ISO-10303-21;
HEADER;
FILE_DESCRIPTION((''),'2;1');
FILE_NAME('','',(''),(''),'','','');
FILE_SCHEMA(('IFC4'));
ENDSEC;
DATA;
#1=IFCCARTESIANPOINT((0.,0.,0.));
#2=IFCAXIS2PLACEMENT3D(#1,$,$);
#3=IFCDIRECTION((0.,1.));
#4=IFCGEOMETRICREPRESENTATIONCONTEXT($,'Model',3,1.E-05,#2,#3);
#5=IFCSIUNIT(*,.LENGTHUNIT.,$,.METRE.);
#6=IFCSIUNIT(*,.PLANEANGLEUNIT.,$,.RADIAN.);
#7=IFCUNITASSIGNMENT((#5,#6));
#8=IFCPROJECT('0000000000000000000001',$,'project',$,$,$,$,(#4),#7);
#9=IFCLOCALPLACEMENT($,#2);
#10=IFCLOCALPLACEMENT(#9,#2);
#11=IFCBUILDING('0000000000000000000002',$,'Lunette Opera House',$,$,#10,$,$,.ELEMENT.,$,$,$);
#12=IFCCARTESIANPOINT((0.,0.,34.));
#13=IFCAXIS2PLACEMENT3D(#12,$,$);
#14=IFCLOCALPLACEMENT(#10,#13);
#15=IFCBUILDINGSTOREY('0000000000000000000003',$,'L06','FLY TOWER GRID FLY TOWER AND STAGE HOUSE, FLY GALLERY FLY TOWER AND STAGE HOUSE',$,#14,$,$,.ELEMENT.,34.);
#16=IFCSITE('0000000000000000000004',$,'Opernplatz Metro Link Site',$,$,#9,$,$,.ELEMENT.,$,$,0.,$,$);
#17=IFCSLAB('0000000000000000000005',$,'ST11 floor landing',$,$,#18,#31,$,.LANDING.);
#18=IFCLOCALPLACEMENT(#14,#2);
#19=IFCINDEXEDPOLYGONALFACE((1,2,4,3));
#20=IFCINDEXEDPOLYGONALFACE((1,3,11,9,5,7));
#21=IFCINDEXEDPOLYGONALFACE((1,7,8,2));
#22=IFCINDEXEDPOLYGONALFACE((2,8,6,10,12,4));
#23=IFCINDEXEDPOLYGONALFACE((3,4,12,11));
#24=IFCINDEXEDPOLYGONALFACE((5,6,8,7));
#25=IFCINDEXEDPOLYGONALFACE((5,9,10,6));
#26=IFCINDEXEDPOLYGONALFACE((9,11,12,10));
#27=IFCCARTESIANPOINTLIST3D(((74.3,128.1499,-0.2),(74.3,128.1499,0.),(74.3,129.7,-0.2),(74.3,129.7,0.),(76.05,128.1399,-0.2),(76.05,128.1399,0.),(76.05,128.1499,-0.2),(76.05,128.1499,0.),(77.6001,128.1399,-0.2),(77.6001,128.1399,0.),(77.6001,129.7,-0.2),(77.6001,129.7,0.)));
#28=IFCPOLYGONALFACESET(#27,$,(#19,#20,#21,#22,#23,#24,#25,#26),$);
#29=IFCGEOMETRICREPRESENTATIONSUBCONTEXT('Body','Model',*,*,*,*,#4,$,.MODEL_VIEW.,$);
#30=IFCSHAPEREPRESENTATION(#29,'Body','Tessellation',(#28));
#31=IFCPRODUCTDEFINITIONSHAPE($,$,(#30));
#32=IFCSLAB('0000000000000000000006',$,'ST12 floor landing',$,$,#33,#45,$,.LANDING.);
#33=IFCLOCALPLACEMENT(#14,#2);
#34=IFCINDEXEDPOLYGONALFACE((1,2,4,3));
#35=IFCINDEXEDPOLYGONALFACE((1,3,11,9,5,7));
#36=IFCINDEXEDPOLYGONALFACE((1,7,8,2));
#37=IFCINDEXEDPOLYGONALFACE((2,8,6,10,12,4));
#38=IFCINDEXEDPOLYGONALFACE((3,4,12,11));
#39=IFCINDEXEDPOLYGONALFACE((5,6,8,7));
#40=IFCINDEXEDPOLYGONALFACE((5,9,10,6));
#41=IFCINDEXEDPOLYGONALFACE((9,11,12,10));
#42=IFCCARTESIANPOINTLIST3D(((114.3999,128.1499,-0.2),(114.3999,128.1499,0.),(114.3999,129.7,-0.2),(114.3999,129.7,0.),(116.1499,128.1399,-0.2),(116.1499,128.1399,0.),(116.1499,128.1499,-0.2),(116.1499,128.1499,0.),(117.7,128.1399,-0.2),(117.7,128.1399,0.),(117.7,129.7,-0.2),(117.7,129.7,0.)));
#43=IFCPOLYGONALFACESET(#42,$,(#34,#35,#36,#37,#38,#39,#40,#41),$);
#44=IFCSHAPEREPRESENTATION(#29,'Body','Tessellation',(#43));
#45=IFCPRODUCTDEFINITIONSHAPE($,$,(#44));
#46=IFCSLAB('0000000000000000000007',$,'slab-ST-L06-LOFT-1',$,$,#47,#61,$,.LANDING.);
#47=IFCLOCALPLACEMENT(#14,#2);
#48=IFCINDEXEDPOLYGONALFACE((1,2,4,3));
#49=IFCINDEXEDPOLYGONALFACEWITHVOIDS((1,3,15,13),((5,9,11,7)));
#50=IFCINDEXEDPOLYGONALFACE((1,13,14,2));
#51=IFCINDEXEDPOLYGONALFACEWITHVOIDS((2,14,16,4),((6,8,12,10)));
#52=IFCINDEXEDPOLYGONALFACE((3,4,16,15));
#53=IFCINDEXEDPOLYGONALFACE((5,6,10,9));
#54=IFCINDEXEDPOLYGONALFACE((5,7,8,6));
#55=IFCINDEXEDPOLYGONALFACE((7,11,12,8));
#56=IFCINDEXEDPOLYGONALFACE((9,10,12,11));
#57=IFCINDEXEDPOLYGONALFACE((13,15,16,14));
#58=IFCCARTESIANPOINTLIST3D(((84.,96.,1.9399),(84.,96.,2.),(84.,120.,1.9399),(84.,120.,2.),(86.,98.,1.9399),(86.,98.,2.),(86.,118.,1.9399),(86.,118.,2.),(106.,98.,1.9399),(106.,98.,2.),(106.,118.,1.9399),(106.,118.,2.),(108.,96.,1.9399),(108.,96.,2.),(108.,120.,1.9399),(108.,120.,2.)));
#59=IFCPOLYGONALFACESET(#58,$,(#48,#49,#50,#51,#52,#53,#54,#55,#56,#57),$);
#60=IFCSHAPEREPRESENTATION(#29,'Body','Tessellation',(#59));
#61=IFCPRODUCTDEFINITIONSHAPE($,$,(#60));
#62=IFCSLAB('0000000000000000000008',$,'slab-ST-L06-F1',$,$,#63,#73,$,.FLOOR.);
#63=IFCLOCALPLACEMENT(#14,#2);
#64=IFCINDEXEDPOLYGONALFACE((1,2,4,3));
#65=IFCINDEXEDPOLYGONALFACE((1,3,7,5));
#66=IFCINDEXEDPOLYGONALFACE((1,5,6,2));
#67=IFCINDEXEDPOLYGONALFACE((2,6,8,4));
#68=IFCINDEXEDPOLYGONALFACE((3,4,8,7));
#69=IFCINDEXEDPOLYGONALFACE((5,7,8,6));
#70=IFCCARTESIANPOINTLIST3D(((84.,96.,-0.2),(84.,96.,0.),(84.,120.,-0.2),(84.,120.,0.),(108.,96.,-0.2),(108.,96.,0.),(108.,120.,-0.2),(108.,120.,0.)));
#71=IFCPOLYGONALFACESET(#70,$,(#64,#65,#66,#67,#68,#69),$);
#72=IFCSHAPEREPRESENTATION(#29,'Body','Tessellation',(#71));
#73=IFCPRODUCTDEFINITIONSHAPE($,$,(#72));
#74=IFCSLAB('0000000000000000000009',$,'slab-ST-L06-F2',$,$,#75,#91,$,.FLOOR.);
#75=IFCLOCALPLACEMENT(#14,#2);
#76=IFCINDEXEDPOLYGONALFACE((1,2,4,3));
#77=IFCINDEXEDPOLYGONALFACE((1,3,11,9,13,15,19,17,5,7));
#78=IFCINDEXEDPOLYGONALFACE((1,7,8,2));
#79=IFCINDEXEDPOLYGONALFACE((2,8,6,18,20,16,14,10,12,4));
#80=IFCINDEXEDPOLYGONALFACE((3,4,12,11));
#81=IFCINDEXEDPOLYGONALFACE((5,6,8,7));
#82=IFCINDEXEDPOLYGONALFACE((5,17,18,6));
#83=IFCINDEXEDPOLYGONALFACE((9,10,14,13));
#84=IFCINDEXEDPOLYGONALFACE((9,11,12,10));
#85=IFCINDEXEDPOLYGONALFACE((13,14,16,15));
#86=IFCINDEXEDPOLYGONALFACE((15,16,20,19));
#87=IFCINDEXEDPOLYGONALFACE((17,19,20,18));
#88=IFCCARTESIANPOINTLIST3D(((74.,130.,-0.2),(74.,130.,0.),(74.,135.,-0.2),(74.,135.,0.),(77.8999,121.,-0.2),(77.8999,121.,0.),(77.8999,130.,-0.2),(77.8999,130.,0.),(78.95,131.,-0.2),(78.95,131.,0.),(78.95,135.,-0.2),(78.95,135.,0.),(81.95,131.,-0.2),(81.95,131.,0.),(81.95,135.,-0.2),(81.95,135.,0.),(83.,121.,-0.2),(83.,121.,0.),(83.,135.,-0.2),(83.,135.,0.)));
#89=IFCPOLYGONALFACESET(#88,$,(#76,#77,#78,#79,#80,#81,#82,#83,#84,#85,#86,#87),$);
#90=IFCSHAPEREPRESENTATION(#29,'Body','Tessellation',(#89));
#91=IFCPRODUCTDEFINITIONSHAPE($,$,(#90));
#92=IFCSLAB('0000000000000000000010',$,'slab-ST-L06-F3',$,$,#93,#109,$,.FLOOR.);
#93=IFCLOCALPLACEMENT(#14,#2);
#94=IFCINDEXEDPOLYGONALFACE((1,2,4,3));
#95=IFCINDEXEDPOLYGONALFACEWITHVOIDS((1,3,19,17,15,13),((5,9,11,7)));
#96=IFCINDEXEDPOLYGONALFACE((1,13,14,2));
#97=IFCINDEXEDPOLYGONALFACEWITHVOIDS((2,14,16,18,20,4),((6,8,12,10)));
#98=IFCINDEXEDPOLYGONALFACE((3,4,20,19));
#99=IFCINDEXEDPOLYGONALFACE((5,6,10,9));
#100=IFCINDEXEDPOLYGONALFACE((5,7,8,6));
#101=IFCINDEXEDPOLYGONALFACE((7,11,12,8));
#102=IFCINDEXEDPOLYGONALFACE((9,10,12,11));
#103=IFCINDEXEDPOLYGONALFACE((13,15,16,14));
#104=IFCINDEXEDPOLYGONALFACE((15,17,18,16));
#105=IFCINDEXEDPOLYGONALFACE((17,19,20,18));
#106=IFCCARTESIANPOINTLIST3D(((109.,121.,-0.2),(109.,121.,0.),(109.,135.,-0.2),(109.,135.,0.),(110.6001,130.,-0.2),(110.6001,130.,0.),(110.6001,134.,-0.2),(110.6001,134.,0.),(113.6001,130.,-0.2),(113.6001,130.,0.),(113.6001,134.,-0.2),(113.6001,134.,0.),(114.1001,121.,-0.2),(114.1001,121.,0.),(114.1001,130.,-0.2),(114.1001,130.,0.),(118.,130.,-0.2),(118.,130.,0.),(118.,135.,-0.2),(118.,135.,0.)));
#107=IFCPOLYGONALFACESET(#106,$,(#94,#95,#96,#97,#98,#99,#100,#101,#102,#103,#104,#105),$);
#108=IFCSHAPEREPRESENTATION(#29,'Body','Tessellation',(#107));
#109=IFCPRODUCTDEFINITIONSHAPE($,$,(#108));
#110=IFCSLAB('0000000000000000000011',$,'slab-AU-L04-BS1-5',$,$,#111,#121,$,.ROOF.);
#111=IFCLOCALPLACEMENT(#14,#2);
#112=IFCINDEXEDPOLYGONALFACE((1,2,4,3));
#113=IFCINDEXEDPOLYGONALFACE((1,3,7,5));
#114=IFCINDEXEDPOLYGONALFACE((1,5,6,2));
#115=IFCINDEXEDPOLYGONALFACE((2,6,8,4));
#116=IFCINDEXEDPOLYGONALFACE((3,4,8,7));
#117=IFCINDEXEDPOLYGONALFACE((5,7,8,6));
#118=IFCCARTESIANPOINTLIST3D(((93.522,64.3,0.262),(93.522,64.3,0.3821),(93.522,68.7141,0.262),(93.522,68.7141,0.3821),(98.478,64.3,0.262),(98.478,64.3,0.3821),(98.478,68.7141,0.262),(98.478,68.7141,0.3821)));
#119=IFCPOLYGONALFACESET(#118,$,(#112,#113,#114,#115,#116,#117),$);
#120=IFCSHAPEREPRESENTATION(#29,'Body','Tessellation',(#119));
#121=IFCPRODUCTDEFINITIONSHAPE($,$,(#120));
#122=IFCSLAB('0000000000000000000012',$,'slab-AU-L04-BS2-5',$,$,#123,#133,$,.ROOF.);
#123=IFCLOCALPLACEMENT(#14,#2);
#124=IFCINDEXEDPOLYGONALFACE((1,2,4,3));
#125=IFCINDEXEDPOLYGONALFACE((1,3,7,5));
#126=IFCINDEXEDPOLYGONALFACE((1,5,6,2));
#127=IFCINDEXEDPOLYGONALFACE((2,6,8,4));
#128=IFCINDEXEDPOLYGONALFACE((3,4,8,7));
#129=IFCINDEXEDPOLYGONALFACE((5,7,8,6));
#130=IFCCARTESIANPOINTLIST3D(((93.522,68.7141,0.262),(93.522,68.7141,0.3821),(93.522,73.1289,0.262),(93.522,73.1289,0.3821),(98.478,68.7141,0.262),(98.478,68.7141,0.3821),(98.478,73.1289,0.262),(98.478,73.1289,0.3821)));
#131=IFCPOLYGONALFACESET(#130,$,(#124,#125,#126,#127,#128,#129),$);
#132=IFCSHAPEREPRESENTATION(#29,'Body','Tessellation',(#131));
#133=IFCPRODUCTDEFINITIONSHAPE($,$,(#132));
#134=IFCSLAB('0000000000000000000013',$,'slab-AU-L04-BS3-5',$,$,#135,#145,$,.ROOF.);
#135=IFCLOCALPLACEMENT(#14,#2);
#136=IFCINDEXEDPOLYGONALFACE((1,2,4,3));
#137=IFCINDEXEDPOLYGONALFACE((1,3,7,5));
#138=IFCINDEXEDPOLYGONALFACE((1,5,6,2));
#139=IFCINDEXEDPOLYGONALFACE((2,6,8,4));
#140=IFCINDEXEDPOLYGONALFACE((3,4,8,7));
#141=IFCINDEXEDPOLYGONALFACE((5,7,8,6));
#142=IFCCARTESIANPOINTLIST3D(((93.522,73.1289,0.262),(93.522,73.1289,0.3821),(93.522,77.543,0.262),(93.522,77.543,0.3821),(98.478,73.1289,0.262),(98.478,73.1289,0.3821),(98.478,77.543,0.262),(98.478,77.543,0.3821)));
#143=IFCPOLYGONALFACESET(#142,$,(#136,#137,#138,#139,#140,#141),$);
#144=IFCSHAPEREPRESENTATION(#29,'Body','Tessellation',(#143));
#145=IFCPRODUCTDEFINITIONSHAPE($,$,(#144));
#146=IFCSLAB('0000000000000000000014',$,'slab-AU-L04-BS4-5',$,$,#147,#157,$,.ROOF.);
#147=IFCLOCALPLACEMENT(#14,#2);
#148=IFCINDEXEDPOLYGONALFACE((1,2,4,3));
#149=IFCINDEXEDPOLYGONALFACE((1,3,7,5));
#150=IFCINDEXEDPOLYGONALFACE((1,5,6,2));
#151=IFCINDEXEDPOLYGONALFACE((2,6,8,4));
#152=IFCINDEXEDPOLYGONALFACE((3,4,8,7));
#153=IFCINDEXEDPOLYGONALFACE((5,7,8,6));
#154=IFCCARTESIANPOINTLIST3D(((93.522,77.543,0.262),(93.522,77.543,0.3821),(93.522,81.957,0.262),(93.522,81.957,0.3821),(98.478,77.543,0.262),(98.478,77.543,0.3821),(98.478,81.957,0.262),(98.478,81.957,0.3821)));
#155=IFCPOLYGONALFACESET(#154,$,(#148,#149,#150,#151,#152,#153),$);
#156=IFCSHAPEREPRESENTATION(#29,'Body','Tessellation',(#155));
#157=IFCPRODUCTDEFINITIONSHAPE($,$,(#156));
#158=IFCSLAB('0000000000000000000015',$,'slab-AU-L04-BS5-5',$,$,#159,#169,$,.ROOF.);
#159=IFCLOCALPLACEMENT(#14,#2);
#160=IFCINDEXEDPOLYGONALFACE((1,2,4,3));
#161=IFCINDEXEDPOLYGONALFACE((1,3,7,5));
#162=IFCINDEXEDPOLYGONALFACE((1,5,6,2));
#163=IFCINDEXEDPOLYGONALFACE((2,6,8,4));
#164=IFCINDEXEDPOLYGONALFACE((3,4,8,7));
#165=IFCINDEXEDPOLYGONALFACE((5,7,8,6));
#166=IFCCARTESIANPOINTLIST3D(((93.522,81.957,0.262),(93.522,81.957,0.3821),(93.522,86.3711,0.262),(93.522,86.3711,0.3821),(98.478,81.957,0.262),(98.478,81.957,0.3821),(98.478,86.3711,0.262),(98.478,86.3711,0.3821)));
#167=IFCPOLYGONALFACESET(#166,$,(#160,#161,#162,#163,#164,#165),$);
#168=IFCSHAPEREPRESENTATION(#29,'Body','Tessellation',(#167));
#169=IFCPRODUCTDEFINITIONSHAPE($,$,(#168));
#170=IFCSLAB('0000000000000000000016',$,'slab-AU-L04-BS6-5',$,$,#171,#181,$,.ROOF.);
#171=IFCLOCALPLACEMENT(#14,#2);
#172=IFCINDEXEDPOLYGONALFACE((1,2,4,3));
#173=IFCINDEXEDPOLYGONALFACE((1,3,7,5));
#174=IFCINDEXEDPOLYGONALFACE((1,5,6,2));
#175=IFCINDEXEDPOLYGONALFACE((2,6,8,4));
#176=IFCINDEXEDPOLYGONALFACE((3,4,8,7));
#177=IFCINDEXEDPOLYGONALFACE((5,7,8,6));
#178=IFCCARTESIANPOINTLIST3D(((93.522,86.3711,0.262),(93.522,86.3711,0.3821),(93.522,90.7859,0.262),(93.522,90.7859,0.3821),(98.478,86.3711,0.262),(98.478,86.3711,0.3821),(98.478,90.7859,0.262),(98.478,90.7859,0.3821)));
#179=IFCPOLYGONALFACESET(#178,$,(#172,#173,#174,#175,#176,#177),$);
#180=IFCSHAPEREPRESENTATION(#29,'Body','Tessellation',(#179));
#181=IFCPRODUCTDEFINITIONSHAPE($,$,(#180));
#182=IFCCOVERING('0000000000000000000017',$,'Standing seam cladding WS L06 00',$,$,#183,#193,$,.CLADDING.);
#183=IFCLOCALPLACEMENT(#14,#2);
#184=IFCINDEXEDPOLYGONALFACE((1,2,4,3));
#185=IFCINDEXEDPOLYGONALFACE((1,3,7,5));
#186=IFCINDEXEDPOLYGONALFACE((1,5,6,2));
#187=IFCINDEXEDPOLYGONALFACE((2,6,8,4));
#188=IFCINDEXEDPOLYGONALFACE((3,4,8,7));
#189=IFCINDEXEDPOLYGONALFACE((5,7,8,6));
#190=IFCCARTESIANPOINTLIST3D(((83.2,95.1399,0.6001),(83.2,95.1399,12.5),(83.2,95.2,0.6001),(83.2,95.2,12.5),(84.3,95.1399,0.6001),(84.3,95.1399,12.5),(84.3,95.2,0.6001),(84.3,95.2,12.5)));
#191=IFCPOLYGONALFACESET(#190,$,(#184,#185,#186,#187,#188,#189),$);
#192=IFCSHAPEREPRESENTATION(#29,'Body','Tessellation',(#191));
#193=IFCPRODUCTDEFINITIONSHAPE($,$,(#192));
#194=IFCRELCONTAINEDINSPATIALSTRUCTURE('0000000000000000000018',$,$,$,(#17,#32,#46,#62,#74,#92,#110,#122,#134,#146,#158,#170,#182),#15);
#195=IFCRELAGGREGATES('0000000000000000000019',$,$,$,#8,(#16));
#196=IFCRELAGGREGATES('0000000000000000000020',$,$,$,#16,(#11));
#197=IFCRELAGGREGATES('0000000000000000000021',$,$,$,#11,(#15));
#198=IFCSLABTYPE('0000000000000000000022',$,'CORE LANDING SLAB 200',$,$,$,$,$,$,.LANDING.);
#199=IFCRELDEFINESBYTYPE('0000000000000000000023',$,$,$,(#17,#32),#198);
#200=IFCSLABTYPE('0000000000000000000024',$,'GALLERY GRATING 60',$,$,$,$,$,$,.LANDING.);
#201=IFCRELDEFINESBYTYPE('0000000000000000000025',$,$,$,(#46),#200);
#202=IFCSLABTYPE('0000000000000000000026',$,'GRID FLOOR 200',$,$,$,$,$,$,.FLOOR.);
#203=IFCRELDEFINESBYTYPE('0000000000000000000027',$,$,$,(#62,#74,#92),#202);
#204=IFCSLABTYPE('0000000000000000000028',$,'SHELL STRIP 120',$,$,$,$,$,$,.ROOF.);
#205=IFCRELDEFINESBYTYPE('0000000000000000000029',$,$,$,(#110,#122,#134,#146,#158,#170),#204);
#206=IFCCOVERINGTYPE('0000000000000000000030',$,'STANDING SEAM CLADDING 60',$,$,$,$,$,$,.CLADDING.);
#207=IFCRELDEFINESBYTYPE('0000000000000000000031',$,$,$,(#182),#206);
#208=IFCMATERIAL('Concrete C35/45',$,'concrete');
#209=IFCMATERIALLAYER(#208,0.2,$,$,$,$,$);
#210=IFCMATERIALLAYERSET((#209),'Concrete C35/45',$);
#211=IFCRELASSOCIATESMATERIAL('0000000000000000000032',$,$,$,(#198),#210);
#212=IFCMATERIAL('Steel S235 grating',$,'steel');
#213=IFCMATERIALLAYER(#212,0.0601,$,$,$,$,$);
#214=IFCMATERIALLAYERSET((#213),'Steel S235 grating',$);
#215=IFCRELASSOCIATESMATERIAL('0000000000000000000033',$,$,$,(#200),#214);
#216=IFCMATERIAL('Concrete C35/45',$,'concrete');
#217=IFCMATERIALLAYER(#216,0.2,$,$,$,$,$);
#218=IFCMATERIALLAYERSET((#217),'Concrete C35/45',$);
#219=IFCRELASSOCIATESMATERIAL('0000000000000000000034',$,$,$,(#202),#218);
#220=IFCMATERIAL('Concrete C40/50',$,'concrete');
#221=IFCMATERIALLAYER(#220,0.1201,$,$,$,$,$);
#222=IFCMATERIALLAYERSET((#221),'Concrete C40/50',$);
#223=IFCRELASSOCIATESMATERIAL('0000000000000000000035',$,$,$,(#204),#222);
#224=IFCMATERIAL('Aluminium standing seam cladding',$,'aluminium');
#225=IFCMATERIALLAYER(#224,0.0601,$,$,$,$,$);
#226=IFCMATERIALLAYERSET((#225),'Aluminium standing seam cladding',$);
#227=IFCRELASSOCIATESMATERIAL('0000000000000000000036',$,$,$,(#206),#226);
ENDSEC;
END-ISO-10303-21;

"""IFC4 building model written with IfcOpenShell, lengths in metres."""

from ifc_helpers import new_model, si_unit, direction, frame, origin, origin_2d, place, context, subcontext, project, spatial, polyline, rectangle, outline, extrude, material, layer, layer_set, type_object, element, save


model = new_model("IFC4")

# Units and contexts
model_context = context("Model", 3, precision=1e-05, world=origin(), true_north=direction((0.0, 1.0)))
body_context = subcontext(model_context, "Body", "Model", "MODEL_VIEW")
ifc_project = project(units=[si_unit("LENGTHUNIT", "METRE"), si_unit("PLANEANGLEUNIT", "RADIAN")], contexts=[model_context])

# Site, building, storey
site_placement = place(None, origin())
site = spatial("IfcSite", under=ifc_project, at=site_placement, Name="Opernplatz Metro Link Site", CompositionType="ELEMENT", RefElevation=0.0)
building_placement = place(site_placement, origin())
building = spatial("IfcBuilding", under=site, at=building_placement, Name="Lunette Opera House", CompositionType="ELEMENT")
storey_placement = place(building_placement, frame((0.0, 0.0, 34.0)))
storey = spatial("IfcBuildingStorey", under=building, at=storey_placement, Name="L06", Description="FLY TOWER GRID FLY TOWER AND STAGE HOUSE, FLY GALLERY FLY TOWER AND STAGE HOUSE", CompositionType="ELEMENT", Elevation=34.0)

# Slabs
ifc_material_1 = material(Name="Concrete C35/45", Category="concrete")
ifc_layer_1 = layer(ifc_material_1, 0.2)
ifc_layer_set_1 = layer_set([ifc_layer_1], Name="Concrete C35/45")
slab_type_1 = type_object("IfcSlabType", Name="CORE LANDING SLAB 200", PredefinedType="LANDING", material=ifc_layer_set_1)
slab_1_placement = place(storey_placement, frame((0.0, 0.0, -0.2)))
element("IfcSlab", 1, at=slab_1_placement, inside=storey, type_object=slab_type_1, Name="ST11 floor landing", PredefinedType="LANDING", context=body_context, shape_type="SweptSolid", body=[
    extrude(outline(polyline([(77.6001, 129.7), (77.6001, 128.1399), (76.05, 128.1399), (76.05, 128.1499), (74.3, 128.1499), (74.3, 129.7), (77.6001, 129.7)])), origin(), (0.0, 0.0, 1.0), 0.2),
])
slab_2_placement = place(storey_placement, frame((0.0, 0.0, -0.2)))
element("IfcSlab", 2, at=slab_2_placement, inside=storey, type_object=slab_type_1, Name="ST12 floor landing", PredefinedType="LANDING", context=body_context, shape_type="SweptSolid", body=[
    extrude(outline(polyline([(117.7, 128.1399), (116.1499, 128.1399), (116.1499, 128.1499), (114.3999, 128.1499), (114.3999, 129.7), (117.7, 129.7), (117.7, 128.1399)])), origin(), (0.0, 0.0, 1.0), 0.2),
])
ifc_material_2 = material(Name="Steel S235 grating", Category="steel")
ifc_layer_2 = layer(ifc_material_2, 0.0601)
ifc_layer_set_2 = layer_set([ifc_layer_2], Name="Steel S235 grating")
slab_type_2 = type_object("IfcSlabType", Name="GALLERY GRATING 60", PredefinedType="LANDING", material=ifc_layer_set_2)
slab_3_placement = place(storey_placement, frame((0.0, 0.0, 1.9399)))
element("IfcSlab", 3, at=slab_3_placement, inside=storey, type_object=slab_type_2, Name="slab-ST-L06-LOFT-1", PredefinedType="LANDING", context=body_context, shape_type="SweptSolid", body=[
    extrude(outline(polyline([(84.0, 96.0), (108.0, 96.0), (108.0, 120.0), (84.0, 120.0), (84.0, 96.0)]), holes=[polyline([(106.0, 118.0), (106.0, 98.0), (86.0, 98.0), (86.0, 118.0), (106.0, 118.0)])]), origin(), (0.0, 0.0, 1.0), 0.0601),
])
ifc_material_3 = material(Name="Concrete C35/45", Category="concrete")
ifc_layer_3 = layer(ifc_material_3, 0.2)
ifc_layer_set_3 = layer_set([ifc_layer_3], Name="Concrete C35/45")
slab_type_3 = type_object("IfcSlabType", Name="GRID FLOOR 200", PredefinedType="FLOOR", material=ifc_layer_set_3)
slab_4_placement = place(storey_placement, frame((0.0, 0.0, -0.2)))
element("IfcSlab", 4, at=slab_4_placement, inside=storey, type_object=slab_type_3, Name="slab-ST-L06-F1", PredefinedType="FLOOR", context=body_context, shape_type="SweptSolid", body=[
    extrude(outline(polyline([(108.0, 120.0), (84.0, 120.0), (84.0, 96.0), (108.0, 96.0), (108.0, 120.0)])), origin(), (0.0, 0.0, 1.0), 0.2),
])
slab_5_placement = place(storey_placement, frame((0.0, 0.0, -0.2)))
element("IfcSlab", 5, at=slab_5_placement, inside=storey, type_object=slab_type_3, Name="slab-ST-L06-F2", PredefinedType="FLOOR", context=body_context, shape_type="SweptSolid", body=[
    extrude(outline(polyline([(74.0, 135.0), (74.0, 130.0), (77.8999, 130.0), (77.8999, 121.0), (83.0, 121.0), (83.0, 135.0), (81.95, 135.0), (81.95, 131.0), (78.95, 131.0), (78.95, 135.0), (74.0, 135.0)])), origin(), (0.0, 0.0, 1.0), 0.2),
])
slab_6_placement = place(storey_placement, frame((0.0, 0.0, -0.2)))
element("IfcSlab", 6, at=slab_6_placement, inside=storey, type_object=slab_type_3, Name="slab-ST-L06-F3", PredefinedType="FLOOR", context=body_context, shape_type="SweptSolid", body=[
    extrude(outline(polyline([(109.0, 135.0), (109.0, 121.0), (114.1001, 121.0), (114.1001, 130.0), (118.0, 130.0), (118.0, 135.0), (109.0, 135.0)]), holes=[polyline([(110.6001, 130.0), (110.6001, 134.0), (113.6001, 134.0), (113.6001, 130.0), (110.6001, 130.0)])]), origin(), (0.0, 0.0, 1.0), 0.2),
])
ifc_material_4 = material(Name="Concrete C40/50", Category="concrete")
ifc_layer_4 = layer(ifc_material_4, 0.1201)
ifc_layer_set_4 = layer_set([ifc_layer_4], Name="Concrete C40/50")
slab_type_4 = type_object("IfcSlabType", Name="SHELL STRIP 120", PredefinedType="ROOF", material=ifc_layer_set_4)
slab_7_placement = place(storey_placement, frame((93.522, 64.3, 0.3821), z_axis=(0.0, 0.0, 1.0), x_axis=(1.0, 0.0, 0.0)))
element("IfcSlab", 7, at=slab_7_placement, inside=storey, type_object=slab_type_4, Name="slab-AU-L04-BS1-5", PredefinedType="ROOF", context=body_context, shape_type="SweptSolid", body=[
    extrude(outline(polyline([(0.0, 0.0), (4.9561, 0.0), (4.9561, 4.4141), (0.0, 4.4141), (0.0, 0.0)])), origin(), (0.0, 0.0, -1.0), 0.1201),
])
slab_8_placement = place(storey_placement, frame((93.522, 68.7141, 0.3821), z_axis=(0.0, 0.0, 1.0), x_axis=(1.0, 0.0, 0.0)))
element("IfcSlab", 8, at=slab_8_placement, inside=storey, type_object=slab_type_4, Name="slab-AU-L04-BS2-5", PredefinedType="ROOF", context=body_context, shape_type="SweptSolid", body=[
    extrude(outline(polyline([(0.0, 0.0), (4.9561, 0.0), (4.9561, 4.4148), (0.0, 4.4148), (0.0, 0.0)])), origin(), (0.0, 0.0, -1.0), 0.1201),
])
for number, where, z_axis, x_axis, name in (
    (9, (93.522, 73.1289, 0.3821), (0.0, 0.0, 1.0), (1.0, 0.0, 0.0), "slab-AU-L04-BS3-5"),
    (10, (93.522, 77.543, 0.3821), (0.0, 0.0, 1.0), (1.0, 0.0, 0.0), "slab-AU-L04-BS4-5"),
    (11, (93.522, 81.957, 0.3821), (0.0, 0.0, 1.0), (1.0, 0.0, 0.0), "slab-AU-L04-BS5-5"),
):
    element("IfcSlab", number, at=place(storey_placement, frame(where, z_axis=z_axis, x_axis=x_axis)), inside=storey, type_object=slab_type_4, Name=name, PredefinedType="ROOF", context=body_context, shape_type="SweptSolid", body=[
        extrude(outline(polyline([(0.0, 0.0), (4.9561, 0.0), (4.9561, 4.4141), (0.0, 4.4141), (0.0, 0.0)])), origin(), (0.0, 0.0, -1.0), 0.1201),
    ])
slab_9_placement = place(storey_placement, frame((93.522, 86.3711, 0.3821), z_axis=(0.0, 0.0, 1.0), x_axis=(1.0, 0.0, 0.0)))
element("IfcSlab", 12, at=slab_9_placement, inside=storey, type_object=slab_type_4, Name="slab-AU-L04-BS6-5", PredefinedType="ROOF", context=body_context, shape_type="SweptSolid", body=[
    extrude(outline(polyline([(0.0, 0.0), (4.9561, 0.0), (4.9561, 4.4148), (0.0, 4.4148), (0.0, 0.0)])), origin(), (0.0, 0.0, -1.0), 0.1201),
])

# Covering
ifc_material_5 = material(Name="Aluminium standing seam cladding", Category="aluminium")
ifc_layer_5 = layer(ifc_material_5, 0.0601)
ifc_layer_set_5 = layer_set([ifc_layer_5], Name="Aluminium standing seam cladding")
covering_type_1 = type_object("IfcCoveringType", Name="STANDING SEAM CLADDING 60", PredefinedType="CLADDING", material=ifc_layer_set_5)
covering_1_placement = place(storey_placement, frame((83.75, 95.1699, 0.6001), z_axis=(0.0, 0.0, 1.0), x_axis=(1.0, 0.0, 0.0)))
element("IfcCovering", 13, at=covering_1_placement, inside=storey, type_object=covering_type_1, Name="Standing seam cladding WS L06 00", PredefinedType="CLADDING", context=body_context, shape_type="SweptSolid", body=[
    extrude(rectangle(XDim=1.1001, YDim=0.0601, at=origin_2d()), origin(), (0.0, 0.0, 1.0), 11.8999),
])

save(model, "model.ifc")
